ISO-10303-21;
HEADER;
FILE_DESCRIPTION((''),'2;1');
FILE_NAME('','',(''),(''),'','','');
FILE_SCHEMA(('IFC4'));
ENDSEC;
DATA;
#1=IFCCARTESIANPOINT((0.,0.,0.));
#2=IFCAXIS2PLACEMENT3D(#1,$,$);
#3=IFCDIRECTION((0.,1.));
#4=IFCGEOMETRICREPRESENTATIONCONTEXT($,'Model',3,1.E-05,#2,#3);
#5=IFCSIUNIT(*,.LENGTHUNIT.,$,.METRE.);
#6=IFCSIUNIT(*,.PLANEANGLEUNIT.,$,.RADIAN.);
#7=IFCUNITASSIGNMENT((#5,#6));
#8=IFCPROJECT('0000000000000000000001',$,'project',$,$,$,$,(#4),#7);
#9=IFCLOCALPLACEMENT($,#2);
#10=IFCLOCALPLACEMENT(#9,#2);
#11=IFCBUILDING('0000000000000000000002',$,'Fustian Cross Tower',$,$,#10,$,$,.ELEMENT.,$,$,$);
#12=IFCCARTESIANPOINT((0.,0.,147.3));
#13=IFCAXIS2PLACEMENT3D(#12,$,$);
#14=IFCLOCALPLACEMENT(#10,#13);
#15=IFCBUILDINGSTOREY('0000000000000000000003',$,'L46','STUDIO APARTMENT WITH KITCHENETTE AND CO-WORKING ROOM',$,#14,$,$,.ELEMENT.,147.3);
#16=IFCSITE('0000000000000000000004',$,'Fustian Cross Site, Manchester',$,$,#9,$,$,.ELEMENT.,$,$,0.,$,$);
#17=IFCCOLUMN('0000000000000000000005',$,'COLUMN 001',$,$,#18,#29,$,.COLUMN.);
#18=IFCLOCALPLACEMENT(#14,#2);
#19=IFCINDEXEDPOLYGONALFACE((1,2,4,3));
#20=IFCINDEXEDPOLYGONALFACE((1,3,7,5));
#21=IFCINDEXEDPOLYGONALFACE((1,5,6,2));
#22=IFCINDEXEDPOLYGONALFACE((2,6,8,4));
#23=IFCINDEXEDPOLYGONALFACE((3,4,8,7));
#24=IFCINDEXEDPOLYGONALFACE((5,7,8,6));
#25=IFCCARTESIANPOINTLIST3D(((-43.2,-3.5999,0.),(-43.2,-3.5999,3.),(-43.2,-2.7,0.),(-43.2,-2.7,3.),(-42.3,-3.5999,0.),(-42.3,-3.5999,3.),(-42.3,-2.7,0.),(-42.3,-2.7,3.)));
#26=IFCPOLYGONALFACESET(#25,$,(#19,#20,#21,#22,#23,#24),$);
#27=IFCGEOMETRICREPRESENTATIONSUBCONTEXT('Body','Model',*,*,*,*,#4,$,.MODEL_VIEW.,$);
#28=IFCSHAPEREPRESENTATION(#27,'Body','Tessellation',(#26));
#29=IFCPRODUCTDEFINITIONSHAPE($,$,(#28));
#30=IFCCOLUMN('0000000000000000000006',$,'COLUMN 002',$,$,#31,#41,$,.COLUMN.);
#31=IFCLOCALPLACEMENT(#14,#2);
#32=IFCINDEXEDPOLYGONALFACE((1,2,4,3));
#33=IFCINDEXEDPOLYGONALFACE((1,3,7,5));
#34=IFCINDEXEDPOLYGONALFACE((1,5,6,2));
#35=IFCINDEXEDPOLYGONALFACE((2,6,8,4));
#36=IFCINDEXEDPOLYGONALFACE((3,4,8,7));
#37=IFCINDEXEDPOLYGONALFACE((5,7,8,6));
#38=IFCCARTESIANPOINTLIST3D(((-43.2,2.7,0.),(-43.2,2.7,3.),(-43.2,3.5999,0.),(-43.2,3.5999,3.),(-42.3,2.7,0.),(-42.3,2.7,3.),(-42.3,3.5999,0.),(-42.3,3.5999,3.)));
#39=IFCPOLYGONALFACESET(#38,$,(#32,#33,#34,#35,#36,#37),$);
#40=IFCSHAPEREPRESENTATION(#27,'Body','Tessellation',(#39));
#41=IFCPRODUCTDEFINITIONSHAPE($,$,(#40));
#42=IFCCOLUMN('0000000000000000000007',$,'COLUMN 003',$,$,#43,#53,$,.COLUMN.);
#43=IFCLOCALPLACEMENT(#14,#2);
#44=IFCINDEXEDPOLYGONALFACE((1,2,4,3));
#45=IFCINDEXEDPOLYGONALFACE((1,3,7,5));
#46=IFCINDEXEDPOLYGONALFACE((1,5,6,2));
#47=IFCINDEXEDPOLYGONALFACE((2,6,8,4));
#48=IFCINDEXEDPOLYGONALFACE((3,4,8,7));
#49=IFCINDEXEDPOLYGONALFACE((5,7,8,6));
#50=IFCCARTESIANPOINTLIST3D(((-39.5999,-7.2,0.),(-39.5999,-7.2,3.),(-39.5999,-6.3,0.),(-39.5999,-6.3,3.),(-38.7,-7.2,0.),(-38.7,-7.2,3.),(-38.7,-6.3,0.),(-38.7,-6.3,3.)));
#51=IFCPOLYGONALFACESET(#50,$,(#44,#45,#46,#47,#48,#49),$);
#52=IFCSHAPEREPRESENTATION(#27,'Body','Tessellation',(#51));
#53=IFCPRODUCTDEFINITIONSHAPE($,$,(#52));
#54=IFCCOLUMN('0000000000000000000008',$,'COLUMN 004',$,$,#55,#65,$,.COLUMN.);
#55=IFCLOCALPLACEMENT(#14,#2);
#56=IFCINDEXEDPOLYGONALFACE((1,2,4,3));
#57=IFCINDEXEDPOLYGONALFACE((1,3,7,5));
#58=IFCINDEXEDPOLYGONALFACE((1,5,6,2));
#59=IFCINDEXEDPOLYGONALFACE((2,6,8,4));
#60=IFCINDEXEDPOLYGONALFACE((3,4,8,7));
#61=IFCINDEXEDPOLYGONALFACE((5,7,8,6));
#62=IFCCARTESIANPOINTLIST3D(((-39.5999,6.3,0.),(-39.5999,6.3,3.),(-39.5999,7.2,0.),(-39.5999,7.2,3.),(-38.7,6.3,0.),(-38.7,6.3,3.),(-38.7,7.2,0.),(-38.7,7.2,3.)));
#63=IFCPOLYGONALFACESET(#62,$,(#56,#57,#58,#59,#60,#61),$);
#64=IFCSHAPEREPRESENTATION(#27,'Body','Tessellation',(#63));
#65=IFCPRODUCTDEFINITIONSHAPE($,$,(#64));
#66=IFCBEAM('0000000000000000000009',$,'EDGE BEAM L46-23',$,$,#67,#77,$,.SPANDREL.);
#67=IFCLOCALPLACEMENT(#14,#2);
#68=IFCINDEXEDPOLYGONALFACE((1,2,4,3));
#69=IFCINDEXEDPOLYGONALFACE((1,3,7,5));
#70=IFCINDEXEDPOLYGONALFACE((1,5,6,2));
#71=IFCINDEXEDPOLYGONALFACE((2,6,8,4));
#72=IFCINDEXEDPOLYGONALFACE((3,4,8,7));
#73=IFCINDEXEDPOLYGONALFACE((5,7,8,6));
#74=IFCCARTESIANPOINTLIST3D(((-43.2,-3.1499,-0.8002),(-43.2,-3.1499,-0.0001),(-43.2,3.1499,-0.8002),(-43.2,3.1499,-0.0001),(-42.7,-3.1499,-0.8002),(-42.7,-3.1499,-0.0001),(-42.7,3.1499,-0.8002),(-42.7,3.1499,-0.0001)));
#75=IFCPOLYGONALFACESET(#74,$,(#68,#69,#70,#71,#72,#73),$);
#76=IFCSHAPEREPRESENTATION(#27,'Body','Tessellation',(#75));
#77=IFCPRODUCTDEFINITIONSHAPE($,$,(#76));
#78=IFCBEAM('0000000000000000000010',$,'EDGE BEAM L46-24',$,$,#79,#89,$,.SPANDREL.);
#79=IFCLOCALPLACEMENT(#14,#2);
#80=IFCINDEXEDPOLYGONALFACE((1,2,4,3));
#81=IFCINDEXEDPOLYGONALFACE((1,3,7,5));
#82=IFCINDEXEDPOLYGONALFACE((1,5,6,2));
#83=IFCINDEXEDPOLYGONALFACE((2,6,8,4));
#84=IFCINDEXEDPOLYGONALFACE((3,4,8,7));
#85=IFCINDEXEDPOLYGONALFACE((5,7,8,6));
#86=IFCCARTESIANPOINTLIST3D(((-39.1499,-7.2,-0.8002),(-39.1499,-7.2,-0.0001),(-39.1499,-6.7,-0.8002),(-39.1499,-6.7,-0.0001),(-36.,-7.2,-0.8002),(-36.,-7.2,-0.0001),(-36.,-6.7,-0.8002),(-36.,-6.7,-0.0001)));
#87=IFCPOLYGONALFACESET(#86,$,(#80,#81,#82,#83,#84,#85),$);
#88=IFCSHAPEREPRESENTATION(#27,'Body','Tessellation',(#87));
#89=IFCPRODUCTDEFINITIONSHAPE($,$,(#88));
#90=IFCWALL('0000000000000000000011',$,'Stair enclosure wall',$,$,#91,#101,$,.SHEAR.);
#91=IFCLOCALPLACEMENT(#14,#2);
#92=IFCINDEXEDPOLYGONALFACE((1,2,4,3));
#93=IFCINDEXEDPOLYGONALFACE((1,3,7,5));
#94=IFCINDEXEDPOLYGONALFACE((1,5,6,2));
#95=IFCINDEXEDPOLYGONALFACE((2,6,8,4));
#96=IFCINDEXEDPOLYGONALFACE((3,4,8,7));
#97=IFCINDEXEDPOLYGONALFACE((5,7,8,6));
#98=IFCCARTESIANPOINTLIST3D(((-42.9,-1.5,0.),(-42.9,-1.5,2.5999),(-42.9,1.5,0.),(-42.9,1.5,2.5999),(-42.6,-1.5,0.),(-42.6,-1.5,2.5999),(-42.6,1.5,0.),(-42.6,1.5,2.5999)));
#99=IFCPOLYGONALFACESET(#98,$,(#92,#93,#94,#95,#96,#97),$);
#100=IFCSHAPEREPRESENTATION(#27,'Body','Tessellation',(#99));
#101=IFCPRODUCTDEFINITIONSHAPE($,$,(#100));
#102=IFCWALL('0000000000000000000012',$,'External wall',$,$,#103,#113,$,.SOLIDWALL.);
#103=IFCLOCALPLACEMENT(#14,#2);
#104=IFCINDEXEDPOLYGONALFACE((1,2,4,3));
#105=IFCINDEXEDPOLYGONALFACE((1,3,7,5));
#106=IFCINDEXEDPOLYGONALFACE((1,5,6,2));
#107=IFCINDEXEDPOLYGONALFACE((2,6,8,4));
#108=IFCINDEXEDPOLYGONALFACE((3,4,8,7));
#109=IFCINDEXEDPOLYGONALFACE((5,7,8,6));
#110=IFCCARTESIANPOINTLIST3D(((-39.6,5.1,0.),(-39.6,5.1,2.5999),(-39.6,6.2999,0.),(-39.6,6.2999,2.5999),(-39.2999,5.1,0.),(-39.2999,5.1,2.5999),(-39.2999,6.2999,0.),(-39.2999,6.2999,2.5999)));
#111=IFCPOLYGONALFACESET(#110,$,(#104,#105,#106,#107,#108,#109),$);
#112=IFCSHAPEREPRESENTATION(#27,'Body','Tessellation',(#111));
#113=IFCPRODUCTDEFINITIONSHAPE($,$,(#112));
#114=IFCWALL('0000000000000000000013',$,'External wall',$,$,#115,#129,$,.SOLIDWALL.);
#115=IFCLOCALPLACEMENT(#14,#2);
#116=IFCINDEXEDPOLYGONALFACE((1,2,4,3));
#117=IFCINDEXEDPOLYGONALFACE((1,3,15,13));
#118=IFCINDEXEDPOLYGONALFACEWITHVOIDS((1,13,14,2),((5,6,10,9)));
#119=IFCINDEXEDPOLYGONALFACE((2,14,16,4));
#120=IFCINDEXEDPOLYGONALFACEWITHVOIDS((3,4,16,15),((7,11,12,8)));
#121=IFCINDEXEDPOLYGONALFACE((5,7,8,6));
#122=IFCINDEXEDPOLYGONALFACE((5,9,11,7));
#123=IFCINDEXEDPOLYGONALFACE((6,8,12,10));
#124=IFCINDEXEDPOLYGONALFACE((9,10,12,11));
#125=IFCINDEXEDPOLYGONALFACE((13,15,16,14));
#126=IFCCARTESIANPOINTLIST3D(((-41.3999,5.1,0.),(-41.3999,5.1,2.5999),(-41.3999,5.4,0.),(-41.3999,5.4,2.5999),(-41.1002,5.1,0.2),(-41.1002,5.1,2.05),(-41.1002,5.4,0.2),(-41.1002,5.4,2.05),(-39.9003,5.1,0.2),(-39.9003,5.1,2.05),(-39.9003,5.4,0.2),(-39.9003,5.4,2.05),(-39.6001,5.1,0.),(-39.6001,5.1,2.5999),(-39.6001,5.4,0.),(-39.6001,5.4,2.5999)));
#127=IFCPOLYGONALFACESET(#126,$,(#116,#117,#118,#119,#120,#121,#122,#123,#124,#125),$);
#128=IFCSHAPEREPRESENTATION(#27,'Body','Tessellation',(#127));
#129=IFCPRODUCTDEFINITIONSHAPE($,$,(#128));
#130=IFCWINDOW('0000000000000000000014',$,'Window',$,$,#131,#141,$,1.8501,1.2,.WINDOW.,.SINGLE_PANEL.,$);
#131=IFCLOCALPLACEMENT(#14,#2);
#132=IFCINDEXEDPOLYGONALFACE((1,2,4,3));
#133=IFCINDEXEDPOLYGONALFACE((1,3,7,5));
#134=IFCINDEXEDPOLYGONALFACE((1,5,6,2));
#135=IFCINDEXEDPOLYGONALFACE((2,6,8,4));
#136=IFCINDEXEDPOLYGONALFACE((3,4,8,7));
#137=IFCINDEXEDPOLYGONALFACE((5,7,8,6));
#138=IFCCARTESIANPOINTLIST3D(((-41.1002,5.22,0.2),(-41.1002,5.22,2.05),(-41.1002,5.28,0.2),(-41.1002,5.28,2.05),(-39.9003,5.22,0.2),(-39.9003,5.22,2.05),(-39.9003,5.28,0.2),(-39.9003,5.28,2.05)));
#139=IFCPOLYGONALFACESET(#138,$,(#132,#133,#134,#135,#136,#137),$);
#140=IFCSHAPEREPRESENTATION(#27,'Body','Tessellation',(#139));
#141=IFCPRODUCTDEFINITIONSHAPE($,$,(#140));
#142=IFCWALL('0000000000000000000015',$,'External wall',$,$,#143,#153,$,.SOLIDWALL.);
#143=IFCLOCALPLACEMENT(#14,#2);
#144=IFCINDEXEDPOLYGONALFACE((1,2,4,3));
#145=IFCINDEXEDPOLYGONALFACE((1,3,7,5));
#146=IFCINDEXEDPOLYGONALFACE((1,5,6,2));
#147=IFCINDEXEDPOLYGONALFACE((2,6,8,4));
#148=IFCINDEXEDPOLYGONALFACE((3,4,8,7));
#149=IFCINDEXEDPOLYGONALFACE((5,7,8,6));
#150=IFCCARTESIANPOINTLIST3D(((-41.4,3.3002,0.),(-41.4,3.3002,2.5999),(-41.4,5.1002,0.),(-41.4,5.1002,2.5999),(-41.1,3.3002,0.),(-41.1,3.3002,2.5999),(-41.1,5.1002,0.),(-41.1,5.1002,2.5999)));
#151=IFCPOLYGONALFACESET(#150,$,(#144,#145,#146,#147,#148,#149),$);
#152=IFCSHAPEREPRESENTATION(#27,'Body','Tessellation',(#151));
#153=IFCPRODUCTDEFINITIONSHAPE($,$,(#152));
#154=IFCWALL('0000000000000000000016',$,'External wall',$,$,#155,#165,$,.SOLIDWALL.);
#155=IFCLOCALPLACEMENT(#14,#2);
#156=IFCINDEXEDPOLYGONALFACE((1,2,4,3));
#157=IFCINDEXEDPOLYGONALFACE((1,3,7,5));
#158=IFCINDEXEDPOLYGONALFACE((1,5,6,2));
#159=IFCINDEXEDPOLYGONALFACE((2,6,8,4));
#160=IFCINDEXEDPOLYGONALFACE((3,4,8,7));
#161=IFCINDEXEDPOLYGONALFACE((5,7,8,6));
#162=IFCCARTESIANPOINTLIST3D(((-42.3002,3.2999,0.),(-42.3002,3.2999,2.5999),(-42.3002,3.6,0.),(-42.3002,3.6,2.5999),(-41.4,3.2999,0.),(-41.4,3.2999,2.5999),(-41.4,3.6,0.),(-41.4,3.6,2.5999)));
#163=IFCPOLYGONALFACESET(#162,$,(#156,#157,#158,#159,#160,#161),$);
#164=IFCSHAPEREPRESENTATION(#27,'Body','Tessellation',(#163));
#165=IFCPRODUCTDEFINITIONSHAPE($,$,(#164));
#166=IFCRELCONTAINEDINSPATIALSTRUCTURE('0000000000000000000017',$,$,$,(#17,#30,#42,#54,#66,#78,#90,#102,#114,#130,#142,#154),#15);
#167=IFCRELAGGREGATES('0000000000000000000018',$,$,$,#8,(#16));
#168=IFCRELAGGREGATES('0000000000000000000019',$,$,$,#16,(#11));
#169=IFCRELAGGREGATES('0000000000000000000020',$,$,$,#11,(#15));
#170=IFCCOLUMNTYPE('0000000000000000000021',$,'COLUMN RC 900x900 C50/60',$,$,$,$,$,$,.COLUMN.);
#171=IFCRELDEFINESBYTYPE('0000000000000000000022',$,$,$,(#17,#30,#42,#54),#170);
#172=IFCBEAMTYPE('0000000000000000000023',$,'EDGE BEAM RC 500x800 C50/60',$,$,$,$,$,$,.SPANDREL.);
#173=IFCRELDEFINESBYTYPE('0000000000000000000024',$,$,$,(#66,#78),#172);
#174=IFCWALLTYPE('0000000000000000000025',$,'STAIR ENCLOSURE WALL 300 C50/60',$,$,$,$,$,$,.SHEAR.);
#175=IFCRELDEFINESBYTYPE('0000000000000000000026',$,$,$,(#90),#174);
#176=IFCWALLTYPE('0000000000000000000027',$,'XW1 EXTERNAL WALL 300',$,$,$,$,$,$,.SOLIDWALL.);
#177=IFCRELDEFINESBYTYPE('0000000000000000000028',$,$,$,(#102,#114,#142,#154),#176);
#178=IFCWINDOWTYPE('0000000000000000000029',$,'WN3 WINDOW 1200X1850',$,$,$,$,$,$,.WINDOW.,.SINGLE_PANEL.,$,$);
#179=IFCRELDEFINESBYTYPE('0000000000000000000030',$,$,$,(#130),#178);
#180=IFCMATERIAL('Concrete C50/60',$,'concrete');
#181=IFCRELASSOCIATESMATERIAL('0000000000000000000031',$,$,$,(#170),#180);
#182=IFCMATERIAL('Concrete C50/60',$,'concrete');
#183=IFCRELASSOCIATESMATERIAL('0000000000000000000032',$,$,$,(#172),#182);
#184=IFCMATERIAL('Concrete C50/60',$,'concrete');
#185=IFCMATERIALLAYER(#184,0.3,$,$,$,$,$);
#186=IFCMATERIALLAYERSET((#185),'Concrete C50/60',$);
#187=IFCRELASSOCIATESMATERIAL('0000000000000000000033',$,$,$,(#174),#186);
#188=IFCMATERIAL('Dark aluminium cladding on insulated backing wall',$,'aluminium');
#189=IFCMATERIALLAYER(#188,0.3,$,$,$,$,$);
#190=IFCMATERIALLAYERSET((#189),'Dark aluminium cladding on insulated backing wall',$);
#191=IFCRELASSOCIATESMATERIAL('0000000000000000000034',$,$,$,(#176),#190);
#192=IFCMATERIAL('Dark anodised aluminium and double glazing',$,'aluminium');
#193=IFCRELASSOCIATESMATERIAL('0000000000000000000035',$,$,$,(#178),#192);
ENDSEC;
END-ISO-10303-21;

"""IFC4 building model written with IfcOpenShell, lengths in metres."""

from ifc_helpers import new_model, si_unit, direction, frame, frame_2d, origin, origin_2d, place, context, subcontext, project, spatial, rectangle, extrude, material, layer, layer_set, material_profile, profile_set, type_object, element, fill, save


model = new_model("IFC4")

# Units and contexts
model_context = context("Model", 3, precision=1e-05, world=origin(), true_north=direction((0.0, 1.0)))
body_context = subcontext(model_context, "Body", "Model", "MODEL_VIEW")
ifc_project = project(units=[si_unit("LENGTHUNIT", "METRE"), si_unit("PLANEANGLEUNIT", "RADIAN")], contexts=[model_context])

# Site, building, storey
site_placement = place(None, origin())
site = spatial("IfcSite", under=ifc_project, at=site_placement, Name="Fustian Cross Site, Manchester", CompositionType="ELEMENT", RefElevation=0.0)
building_placement = place(site_placement, origin())
building = spatial("IfcBuilding", under=site, at=building_placement, Name="Fustian Cross Tower", CompositionType="ELEMENT")
storey_placement = place(building_placement, frame((0.0, 0.0, 147.3)))
storey = spatial("IfcBuildingStorey", under=building, at=storey_placement, Name="L46", Description="STUDIO APARTMENT WITH KITCHENETTE AND CO-WORKING ROOM", CompositionType="ELEMENT", Elevation=147.3)

# Columns
ifc_material_1 = material(Name="Concrete C50/60", Category="concrete")
ifc_material_profile_1 = material_profile(ifc_material_1, rectangle(XDim=0.8999, YDim=0.8999, at=origin_2d()), Name="RC 900x900")
ifc_profile_set_1 = profile_set([ifc_material_profile_1], Name="Concrete C50/60")
column_type = type_object("IfcColumnType", Name="COLUMN RC 900x900 C50/60", PredefinedType="COLUMN", material=ifc_profile_set_1)
for number, where, z_axis, x_axis, name in (
    (1, (-42.75, -3.1499, 0.0), (0.0, 0.0, 1.0), (1.0, 0.0, 0.0), "COLUMN 001"),
    (2, (-42.75, 3.1499, 0.0), (0.0, 0.0, 1.0), (1.0, 0.0, 0.0), "COLUMN 002"),
    (3, (-39.1499, -6.75, 0.0), (0.0, 0.0, 1.0), (1.0, 0.0, 0.0), "COLUMN 003"),
    (4, (-39.1499, 6.75, 0.0), (0.0, 0.0, 1.0), (1.0, 0.0, 0.0), "COLUMN 004"),
):
    element("IfcColumn", number, at=place(storey_placement, frame(where, z_axis=z_axis, x_axis=x_axis)), inside=storey, type_object=column_type, Name=name, PredefinedType="COLUMN", context=body_context, shape_type="SweptSolid", body=[
        extrude(rectangle(XDim=0.8999, YDim=0.8999, at=origin_2d()), origin(), (0.0, 0.0, 1.0), 3.0),
    ])

# Beams
ifc_material_2 = material(Name="Concrete C50/60", Category="concrete")
ifc_material_profile_2 = material_profile(ifc_material_2, rectangle(XDim=0.5, YDim=0.8, at=origin_2d()), Name="RC 500x800")
ifc_profile_set_2 = profile_set([ifc_material_profile_2], Name="Concrete C50/60")
beam_type = type_object("IfcBeamType", Name="EDGE BEAM RC 500x800 C50/60", PredefinedType="SPANDREL", material=ifc_profile_set_2)
beam_1_placement = place(storey_placement, frame((-42.95, 3.1499, -0.4001), z_axis=(0.0, -1.0, 0.0), x_axis=(1.0, 0.0, 0.0)))
element("IfcBeam", 5, at=beam_1_placement, inside=storey, type_object=beam_type, Name="EDGE BEAM L46-23", PredefinedType="SPANDREL", context=body_context, shape_type="SweptSolid", body=[
    extrude(rectangle(XDim=0.5, YDim=0.8, at=origin_2d()), origin(), (0.0, 0.0, 1.0), 6.2998),
])
beam_2_placement = place(storey_placement, frame((-39.1499, -6.95, -0.4001), z_axis=(1.0, 0.0, 0.0), x_axis=(0.0, 1.0, 0.0)))
element("IfcBeam", 6, at=beam_2_placement, inside=storey, type_object=beam_type, Name="EDGE BEAM L46-24", PredefinedType="SPANDREL", context=body_context, shape_type="SweptSolid", body=[
    extrude(rectangle(XDim=0.5, YDim=0.8, at=origin_2d()), origin(), (0.0, 0.0, 1.0), 3.1499),
])

# Walls
ifc_material_3 = material(Name="Concrete C50/60", Category="concrete")
ifc_layer_1 = layer(ifc_material_3, 0.3)
ifc_layer_set_1 = layer_set([ifc_layer_1], Name="Concrete C50/60")
wall_type_1 = type_object("IfcWallType", Name="STAIR ENCLOSURE WALL 300 C50/60", PredefinedType="SHEAR", material=ifc_layer_set_1)
wall_1_placement = place(storey_placement, frame((-42.75, -1.5, 0.0), z_axis=(0.0, 0.0, 1.0), x_axis=(0.0, 1.0, 0.0)))
element("IfcWall", 7, at=wall_1_placement, inside=storey, type_object=wall_type_1, Name="Stair enclosure wall", PredefinedType="SHEAR", context=body_context, shape_type="SweptSolid", body=[
    extrude(rectangle(XDim=3.0, YDim=0.3, at=frame_2d((1.5, 0.0))), origin(), (0.0, 0.0, 1.0), 2.5999),
])
ifc_material_4 = material(Name="Dark aluminium cladding on insulated backing wall", Category="aluminium")
ifc_layer_2 = layer(ifc_material_4, 0.3)
ifc_layer_set_2 = layer_set([ifc_layer_2], Name="Dark aluminium cladding on insulated backing wall")
wall_type_2 = type_object("IfcWallType", Name="XW1 EXTERNAL WALL 300", PredefinedType="SOLIDWALL", material=ifc_layer_set_2)
wall_2_placement = place(storey_placement, frame((-39.45, 6.3, 0.0), z_axis=(0.0, 0.0, 1.0), x_axis=(0.0, -1.0, 0.0)))
element("IfcWall", 8, at=wall_2_placement, inside=storey, type_object=wall_type_2, Name="External wall", PredefinedType="SOLIDWALL", context=body_context, shape_type="SweptSolid", body=[
    extrude(rectangle(XDim=1.2, YDim=0.3, at=frame_2d((0.6001, 0.0))), origin(), (0.0, 0.0, 1.0), 2.5999),
])

# Wall, opening, window
wall_3_placement = place(storey_placement, frame((-39.6001, 5.25, 0.0), z_axis=(0.0, 0.0, 1.0), x_axis=(-1.0, 0.0, 0.0)))
wall_3 = element("IfcWall", 9, at=wall_3_placement, inside=storey, type_object=wall_type_2, Name="External wall", PredefinedType="SOLIDWALL", context=body_context, shape_type="SweptSolid", body=[
    extrude(rectangle(XDim=1.7998, YDim=0.3, at=frame_2d((0.8999, 0.0))), origin(), (0.0, 0.0, 1.0), 2.5999),
])
opening_1_placement = place(wall_3_placement, frame((0.3, 0.0, 0.2)))
opening_1 = element("IfcOpeningElement", 10, at=opening_1_placement, cuts=wall_3, PredefinedType="OPENING", context=body_context, shape_type="SweptSolid", body=[
    extrude(rectangle(XDim=1.2, YDim=1.8501, at=frame_2d((0.6001, 0.925))), frame((0.0, 0.1599, 0.0), z_axis=(0.0, -1.0, 0.0), x_axis=(1.0, 0.0, 0.0)), (0.0, 0.0, 1.0), 0.3201),
])
ifc_material_5 = material(Name="Dark anodised aluminium and double glazing", Category="aluminium")
window_type_1 = type_object("IfcWindowType", Name="WN3 WINDOW 1200X1850", PartitioningType="SINGLE_PANEL", PredefinedType="WINDOW", material=ifc_material_5)
window_1_placement = place(opening_1_placement, origin())
window_1 = element("IfcWindow", 11, at=window_1_placement, inside=storey, type_object=window_type_1, Name="Window", OverallHeight=1.8501, OverallWidth=1.2, PartitioningType="SINGLE_PANEL", PredefinedType="WINDOW", context=body_context, shape_type="SweptSolid", body=[
    extrude(rectangle(XDim=1.2, YDim=1.8501, at=frame_2d((0.6001, 0.925))), frame((0.0, 0.03, 0.0), z_axis=(0.0, -1.0, 0.0), x_axis=(1.0, 0.0, 0.0)), (0.0, 0.0, 1.0), 0.0601),
])
fill(opening_1, window_1)

# Walls
wall_4_placement = place(storey_placement, frame((-41.25, 5.1001, 0.0), z_axis=(0.0, 0.0, 1.0), x_axis=(0.0, -1.0, 0.0)))
element("IfcWall", 12, at=wall_4_placement, inside=storey, type_object=wall_type_2, Name="External wall", PredefinedType="SOLIDWALL", context=body_context, shape_type="SweptSolid", body=[
    extrude(rectangle(XDim=1.8, YDim=0.3, at=frame_2d((0.8999, 0.0))), origin(), (0.0, 0.0, 1.0), 2.5999),
])
wall_5_placement = place(storey_placement, frame((-41.3999, 3.45, 0.0), z_axis=(0.0, 0.0, 1.0), x_axis=(-1.0, 0.0, 0.0)))
element("IfcWall", 13, at=wall_5_placement, inside=storey, type_object=wall_type_2, Name="External wall", PredefinedType="SOLIDWALL", context=body_context, shape_type="SweptSolid", body=[
    extrude(rectangle(XDim=0.9001, YDim=0.3, at=frame_2d((0.4502, 0.0))), origin(), (0.0, 0.0, 1.0), 2.5999),
])

save(model, "model.ifc")
